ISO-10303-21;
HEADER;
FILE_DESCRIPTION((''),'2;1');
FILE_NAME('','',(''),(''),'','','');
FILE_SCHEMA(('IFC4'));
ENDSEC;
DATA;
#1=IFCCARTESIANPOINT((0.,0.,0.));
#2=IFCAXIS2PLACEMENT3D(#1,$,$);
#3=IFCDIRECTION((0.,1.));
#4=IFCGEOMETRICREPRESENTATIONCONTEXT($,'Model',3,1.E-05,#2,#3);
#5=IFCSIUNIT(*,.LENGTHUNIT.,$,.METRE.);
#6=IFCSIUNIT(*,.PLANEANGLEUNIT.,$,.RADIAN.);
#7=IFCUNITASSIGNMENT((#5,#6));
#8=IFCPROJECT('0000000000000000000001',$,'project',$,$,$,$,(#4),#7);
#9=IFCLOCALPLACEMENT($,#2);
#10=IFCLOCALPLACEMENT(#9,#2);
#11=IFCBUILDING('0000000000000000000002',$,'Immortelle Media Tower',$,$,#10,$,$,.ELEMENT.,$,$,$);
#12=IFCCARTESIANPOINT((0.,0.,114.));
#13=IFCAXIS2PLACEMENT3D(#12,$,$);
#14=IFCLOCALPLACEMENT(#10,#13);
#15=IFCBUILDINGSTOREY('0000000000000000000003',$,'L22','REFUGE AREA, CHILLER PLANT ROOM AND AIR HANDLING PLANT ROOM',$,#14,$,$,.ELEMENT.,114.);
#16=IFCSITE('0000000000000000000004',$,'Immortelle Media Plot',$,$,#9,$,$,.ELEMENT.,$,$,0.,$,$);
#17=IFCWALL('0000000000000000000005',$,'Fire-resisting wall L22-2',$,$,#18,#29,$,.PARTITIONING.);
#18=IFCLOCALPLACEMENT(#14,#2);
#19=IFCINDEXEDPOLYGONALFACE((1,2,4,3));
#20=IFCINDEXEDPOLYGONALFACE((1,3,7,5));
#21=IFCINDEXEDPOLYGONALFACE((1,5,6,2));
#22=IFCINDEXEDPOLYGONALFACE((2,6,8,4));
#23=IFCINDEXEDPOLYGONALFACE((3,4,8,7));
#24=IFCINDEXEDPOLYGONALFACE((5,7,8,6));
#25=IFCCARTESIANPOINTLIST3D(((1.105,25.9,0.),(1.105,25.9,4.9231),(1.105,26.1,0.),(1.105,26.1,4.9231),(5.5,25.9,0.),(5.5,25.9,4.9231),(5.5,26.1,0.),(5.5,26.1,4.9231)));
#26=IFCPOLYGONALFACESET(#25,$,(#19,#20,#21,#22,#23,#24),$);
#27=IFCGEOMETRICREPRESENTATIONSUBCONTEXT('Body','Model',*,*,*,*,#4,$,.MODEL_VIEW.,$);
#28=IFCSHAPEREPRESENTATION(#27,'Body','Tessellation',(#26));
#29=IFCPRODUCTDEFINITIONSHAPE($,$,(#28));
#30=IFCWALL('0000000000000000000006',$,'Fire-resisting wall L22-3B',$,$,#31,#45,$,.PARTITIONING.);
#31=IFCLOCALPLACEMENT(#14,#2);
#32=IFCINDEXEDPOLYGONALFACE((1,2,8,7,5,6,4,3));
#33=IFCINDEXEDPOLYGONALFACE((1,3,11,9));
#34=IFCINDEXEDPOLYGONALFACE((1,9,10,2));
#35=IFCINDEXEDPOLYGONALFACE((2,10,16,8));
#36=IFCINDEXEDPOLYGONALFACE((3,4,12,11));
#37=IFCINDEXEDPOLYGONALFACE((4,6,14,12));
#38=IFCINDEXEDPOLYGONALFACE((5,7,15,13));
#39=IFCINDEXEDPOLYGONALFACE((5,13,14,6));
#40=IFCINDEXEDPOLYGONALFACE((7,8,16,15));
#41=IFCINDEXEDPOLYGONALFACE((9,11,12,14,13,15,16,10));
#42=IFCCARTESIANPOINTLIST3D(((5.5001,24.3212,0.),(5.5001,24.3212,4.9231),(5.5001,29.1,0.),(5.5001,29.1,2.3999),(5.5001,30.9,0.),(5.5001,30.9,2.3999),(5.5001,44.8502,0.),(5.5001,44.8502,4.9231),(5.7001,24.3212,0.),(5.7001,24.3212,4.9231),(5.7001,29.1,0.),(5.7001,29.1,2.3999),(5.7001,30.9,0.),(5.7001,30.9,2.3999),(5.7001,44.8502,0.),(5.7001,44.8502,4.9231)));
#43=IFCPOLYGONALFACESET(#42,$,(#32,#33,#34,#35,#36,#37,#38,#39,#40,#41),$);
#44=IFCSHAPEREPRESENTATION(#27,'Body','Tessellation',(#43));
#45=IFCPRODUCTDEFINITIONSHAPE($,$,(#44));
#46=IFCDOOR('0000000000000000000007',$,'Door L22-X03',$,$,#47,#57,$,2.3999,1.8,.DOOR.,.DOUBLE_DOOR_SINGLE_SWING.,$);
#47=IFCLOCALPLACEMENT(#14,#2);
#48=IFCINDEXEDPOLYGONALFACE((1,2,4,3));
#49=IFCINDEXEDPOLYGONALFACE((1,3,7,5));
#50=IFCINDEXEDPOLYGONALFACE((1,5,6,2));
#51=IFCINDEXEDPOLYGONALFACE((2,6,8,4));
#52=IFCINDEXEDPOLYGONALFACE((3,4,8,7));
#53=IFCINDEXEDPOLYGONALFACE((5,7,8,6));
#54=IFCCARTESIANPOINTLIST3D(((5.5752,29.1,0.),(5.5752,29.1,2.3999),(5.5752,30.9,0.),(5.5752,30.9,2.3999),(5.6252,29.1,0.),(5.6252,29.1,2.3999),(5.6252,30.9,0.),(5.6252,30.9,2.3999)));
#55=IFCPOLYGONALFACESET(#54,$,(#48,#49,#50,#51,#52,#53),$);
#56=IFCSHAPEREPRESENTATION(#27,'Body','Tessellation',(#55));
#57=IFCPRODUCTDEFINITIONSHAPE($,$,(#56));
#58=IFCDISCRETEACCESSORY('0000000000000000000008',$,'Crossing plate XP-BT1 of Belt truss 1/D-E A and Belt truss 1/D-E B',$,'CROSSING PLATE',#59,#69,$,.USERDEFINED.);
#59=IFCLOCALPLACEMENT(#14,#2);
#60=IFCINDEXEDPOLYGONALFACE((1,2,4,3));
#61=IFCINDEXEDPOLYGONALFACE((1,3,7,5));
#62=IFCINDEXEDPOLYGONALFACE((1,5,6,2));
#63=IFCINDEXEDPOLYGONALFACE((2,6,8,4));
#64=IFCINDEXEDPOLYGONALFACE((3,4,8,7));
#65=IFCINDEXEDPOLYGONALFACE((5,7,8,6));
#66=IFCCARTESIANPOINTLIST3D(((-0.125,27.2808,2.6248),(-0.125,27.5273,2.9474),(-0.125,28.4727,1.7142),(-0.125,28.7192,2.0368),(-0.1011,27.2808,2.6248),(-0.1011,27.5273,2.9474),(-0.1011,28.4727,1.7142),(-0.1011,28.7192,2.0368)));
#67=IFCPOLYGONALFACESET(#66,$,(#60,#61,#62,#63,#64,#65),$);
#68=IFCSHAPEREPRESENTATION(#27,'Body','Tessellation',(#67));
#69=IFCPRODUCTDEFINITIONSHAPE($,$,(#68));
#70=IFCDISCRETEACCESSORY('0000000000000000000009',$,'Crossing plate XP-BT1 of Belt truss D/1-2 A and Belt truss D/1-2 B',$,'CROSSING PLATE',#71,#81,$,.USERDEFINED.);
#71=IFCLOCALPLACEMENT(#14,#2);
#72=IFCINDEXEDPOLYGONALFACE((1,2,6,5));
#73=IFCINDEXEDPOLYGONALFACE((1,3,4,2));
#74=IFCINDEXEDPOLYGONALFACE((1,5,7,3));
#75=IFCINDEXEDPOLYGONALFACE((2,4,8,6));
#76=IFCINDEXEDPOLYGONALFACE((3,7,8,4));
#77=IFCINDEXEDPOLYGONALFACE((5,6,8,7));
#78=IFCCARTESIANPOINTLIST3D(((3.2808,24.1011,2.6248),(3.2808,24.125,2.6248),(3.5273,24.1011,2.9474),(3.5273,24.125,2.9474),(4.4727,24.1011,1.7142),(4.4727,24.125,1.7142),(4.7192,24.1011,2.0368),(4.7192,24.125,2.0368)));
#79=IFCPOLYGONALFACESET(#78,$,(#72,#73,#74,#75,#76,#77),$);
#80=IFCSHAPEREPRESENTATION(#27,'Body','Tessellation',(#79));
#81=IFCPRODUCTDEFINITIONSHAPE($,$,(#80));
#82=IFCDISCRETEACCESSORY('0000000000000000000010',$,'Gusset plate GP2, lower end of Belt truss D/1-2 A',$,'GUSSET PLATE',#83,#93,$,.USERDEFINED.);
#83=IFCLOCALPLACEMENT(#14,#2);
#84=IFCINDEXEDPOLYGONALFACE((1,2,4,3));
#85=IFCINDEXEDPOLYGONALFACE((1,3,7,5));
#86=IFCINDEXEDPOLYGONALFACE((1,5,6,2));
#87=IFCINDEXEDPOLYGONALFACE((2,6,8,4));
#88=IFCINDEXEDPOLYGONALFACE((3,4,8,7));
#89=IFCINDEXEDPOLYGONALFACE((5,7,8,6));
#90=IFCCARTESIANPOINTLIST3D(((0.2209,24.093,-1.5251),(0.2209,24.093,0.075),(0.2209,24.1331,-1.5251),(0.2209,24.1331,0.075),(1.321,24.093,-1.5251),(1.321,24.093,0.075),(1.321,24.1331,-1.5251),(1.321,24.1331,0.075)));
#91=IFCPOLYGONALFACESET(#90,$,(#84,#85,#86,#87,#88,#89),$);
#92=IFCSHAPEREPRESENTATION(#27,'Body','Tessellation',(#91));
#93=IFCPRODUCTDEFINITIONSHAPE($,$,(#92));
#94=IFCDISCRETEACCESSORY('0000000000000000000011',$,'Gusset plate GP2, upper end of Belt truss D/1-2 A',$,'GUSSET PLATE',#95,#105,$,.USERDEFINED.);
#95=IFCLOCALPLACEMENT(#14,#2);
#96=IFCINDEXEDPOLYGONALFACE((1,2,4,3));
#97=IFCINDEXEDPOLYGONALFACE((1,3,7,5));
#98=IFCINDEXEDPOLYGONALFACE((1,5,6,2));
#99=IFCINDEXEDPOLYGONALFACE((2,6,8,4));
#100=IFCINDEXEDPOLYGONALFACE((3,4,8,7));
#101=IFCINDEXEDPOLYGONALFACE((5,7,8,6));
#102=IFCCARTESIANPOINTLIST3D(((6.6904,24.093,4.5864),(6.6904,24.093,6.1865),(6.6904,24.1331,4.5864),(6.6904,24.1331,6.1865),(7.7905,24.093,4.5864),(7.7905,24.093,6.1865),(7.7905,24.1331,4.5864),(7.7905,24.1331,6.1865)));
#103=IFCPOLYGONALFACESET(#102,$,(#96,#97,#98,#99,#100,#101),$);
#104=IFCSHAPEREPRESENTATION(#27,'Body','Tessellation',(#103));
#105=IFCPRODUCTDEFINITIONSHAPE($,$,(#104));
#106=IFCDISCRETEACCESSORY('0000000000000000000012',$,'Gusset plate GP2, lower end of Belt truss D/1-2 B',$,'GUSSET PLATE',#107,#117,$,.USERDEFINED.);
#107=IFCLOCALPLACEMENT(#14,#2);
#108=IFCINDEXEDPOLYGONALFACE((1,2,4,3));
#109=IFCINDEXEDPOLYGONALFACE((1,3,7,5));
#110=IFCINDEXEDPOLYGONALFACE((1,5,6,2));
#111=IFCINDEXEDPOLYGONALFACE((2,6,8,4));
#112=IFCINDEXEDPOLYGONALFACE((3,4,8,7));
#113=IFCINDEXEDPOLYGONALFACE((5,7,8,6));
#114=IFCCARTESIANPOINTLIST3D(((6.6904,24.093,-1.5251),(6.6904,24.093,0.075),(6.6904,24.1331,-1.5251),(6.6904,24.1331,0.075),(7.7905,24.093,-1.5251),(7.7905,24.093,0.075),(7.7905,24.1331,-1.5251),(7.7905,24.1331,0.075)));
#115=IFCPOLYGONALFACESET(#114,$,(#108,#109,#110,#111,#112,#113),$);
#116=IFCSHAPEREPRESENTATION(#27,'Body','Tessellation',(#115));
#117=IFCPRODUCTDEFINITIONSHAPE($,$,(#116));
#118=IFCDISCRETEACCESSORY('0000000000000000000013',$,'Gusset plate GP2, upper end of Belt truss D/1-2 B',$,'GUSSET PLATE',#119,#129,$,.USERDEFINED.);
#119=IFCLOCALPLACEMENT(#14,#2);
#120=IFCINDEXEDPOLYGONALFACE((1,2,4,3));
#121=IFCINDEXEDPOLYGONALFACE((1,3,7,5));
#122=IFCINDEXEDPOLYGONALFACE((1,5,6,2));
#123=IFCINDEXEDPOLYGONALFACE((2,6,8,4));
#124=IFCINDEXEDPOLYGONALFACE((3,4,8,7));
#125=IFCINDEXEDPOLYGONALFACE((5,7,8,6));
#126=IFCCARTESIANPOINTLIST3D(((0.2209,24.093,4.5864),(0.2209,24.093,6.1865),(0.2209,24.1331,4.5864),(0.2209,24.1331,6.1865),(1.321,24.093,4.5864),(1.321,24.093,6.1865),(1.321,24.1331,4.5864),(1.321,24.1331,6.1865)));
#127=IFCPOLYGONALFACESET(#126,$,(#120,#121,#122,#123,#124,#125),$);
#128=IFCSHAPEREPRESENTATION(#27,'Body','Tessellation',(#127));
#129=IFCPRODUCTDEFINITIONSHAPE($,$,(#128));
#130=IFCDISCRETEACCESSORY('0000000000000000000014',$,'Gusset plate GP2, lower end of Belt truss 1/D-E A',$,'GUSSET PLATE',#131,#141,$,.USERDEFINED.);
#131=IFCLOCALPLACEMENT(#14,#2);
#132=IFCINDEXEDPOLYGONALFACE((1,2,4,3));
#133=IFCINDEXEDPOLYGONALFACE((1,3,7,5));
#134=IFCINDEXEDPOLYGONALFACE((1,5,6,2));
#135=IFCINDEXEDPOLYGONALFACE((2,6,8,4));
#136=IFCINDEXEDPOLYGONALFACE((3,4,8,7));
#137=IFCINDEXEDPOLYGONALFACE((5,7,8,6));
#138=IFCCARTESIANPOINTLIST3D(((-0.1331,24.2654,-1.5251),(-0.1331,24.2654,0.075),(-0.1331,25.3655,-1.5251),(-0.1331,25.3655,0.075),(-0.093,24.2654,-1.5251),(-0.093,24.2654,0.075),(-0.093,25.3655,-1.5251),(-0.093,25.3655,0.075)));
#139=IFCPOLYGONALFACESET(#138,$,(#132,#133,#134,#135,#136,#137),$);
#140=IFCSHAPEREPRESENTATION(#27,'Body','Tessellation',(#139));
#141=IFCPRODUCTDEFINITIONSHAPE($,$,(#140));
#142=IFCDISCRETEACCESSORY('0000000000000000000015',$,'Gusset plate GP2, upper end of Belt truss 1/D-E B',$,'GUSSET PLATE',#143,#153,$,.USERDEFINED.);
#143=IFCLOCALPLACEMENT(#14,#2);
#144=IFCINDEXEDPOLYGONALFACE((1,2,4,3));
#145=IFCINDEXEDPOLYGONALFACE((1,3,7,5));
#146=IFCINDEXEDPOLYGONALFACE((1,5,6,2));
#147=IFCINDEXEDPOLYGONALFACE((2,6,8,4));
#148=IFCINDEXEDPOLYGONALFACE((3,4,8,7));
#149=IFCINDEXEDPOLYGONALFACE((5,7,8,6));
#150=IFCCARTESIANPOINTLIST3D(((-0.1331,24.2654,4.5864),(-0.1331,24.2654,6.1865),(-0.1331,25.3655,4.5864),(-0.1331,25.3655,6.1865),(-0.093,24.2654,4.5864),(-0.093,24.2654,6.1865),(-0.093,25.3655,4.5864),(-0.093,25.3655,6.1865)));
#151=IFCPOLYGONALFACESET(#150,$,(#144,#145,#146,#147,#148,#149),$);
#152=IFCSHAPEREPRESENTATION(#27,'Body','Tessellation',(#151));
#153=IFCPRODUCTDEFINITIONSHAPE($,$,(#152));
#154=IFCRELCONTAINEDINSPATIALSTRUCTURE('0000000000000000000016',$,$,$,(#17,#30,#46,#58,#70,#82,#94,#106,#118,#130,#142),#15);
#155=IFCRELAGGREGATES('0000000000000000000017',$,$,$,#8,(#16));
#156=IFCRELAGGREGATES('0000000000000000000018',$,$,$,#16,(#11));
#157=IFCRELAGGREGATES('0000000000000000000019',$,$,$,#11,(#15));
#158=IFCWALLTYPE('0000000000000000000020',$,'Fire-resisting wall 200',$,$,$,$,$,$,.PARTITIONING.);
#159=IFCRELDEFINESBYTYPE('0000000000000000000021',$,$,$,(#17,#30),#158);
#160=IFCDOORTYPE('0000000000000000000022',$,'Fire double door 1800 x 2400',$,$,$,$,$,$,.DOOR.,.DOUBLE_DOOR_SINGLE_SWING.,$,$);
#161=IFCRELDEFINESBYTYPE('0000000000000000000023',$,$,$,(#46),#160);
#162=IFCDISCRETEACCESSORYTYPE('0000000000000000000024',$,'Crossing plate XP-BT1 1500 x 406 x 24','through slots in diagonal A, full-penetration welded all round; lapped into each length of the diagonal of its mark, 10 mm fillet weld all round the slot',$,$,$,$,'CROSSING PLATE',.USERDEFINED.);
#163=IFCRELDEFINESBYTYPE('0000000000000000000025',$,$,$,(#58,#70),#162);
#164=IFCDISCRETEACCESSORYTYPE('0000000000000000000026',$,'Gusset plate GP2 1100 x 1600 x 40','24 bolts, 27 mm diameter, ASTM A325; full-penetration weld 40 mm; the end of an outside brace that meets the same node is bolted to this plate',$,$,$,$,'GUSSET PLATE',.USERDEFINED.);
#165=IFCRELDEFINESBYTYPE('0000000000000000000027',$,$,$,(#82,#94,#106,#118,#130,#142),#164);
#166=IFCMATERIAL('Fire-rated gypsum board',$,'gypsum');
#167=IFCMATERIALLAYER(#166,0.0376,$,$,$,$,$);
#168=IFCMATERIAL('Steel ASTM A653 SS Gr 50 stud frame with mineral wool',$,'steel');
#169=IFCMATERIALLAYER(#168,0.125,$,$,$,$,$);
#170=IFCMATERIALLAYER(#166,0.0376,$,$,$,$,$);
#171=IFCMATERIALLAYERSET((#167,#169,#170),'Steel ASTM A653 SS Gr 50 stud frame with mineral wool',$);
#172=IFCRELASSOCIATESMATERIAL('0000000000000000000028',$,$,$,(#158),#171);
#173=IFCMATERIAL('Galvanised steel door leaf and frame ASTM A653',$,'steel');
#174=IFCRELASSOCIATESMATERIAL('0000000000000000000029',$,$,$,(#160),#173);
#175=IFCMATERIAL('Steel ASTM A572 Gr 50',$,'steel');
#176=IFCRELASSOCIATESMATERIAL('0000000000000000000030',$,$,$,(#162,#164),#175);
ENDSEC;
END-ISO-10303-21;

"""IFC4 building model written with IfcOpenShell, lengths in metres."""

from ifc_helpers import new_model, si_unit, direction, frame, frame_2d, origin, origin_2d, place, context, subcontext, project, spatial, rectangle, extrude, material, layer, layer_set, material_profile, profile_set, type_object, element, fill, save


model = new_model("IFC4")

# Units and contexts
model_context = context("Model", 3, precision=1e-05, world=origin(), true_north=direction((0.0, 1.0)))
body_context = subcontext(model_context, "Body", "Model", "MODEL_VIEW")
ifc_project = project(units=[si_unit("LENGTHUNIT", "METRE"), si_unit("PLANEANGLEUNIT", "RADIAN")], contexts=[model_context])

# Site, building, storey
site_placement = place(None, origin())
site = spatial("IfcSite", under=ifc_project, at=site_placement, Name="Immortelle Media Plot", CompositionType="ELEMENT", RefElevation=0.0)
building_placement = place(site_placement, origin())
building = spatial("IfcBuilding", under=site, at=building_placement, Name="Immortelle Media Tower", CompositionType="ELEMENT")
storey_placement = place(building_placement, frame((0.0, 0.0, 114.0)))
storey = spatial("IfcBuildingStorey", under=building, at=storey_placement, Name="L22", Description="REFUGE AREA, CHILLER PLANT ROOM AND AIR HANDLING PLANT ROOM", CompositionType="ELEMENT", Elevation=114.0)

# Wall
ifc_material_1 = material(Name="Fire-rated gypsum board", Category="gypsum")
ifc_layer_1 = layer(ifc_material_1, 0.0376)
ifc_material_2 = material(Name="Steel ASTM A653 SS Gr 50 stud frame with mineral wool", Category="steel")
ifc_layer_2 = layer(ifc_material_2, 0.125)
ifc_layer_3 = layer(ifc_material_1, 0.0376)
ifc_layer_set_1 = layer_set([ifc_layer_1, ifc_layer_2, ifc_layer_3], Name="Steel ASTM A653 SS Gr 50 stud frame with mineral wool")
wall_type = type_object("IfcWallType", Name="Fire-resisting wall 200", PredefinedType="PARTITIONING", material=ifc_layer_set_1)
wall_1_placement = place(storey_placement, frame((1.105, 26.0, 0.0), z_axis=(0.0, 0.0, 1.0), x_axis=(1.0, 0.0, 0.0)))
element("IfcWall", 1, at=wall_1_placement, inside=storey, type_object=wall_type, Name="Fire-resisting wall L22-2", PredefinedType="PARTITIONING", context=body_context, shape_type="SweptSolid", body=[
    extrude(rectangle(XDim=4.395, YDim=0.2, at=frame_2d((2.1975, 0.0))), origin(), (0.0, 0.0, 1.0), 4.9231),
])

# Wall, opening, door
wall_2_placement = place(storey_placement, frame((5.6001, 24.321, 0.0), z_axis=(0.0, 0.0, 1.0), x_axis=(0.0, 1.0, 0.0)))
wall_2 = element("IfcWall", 2, at=wall_2_placement, inside=storey, type_object=wall_type, Name="Fire-resisting wall L22-3B", PredefinedType="PARTITIONING", context=body_context, shape_type="SweptSolid", body=[
    extrude(rectangle(XDim=20.5291, YDim=0.2, at=frame_2d((10.2646, 0.0))), origin(), (0.0, 0.0, 1.0), 4.9231),
])
opening_placement = place(wall_2_placement, frame((4.7791, 0.0, 0.0)))
opening = element("IfcOpeningElement", 3, at=opening_placement, cuts=wall_2, PredefinedType="OPENING", context=body_context, shape_type="SweptSolid", body=[
    extrude(rectangle(XDim=1.8, YDim=2.3999, at=frame_2d((0.8999, 1.2))), frame((0.0, 0.1099, 0.0), z_axis=(0.0, -1.0, 0.0), x_axis=(1.0, 0.0, 0.0)), (0.0, 0.0, 1.0), 0.22),
])
ifc_material_3 = material(Name="Galvanised steel door leaf and frame ASTM A653", Category="steel")
door_type = type_object("IfcDoorType", Name="Fire double door 1800 x 2400", OperationType="DOUBLE_DOOR_SINGLE_SWING", PredefinedType="DOOR", material=ifc_material_3)
door_placement = place(opening_placement, origin())
door = element("IfcDoor", 4, at=door_placement, inside=storey, type_object=door_type, Name="Door L22-X03", OperationType="DOUBLE_DOOR_SINGLE_SWING", OverallHeight=2.3999, OverallWidth=1.8, PredefinedType="DOOR", context=body_context, shape_type="SweptSolid", body=[
    extrude(rectangle(XDim=1.8, YDim=2.3999, at=frame_2d((0.8999, 1.2))), frame((0.0, 0.0249, 0.0), z_axis=(0.0, -1.0, 0.0), x_axis=(1.0, 0.0, 0.0)), (0.0, 0.0, 1.0), 0.05),
])
fill(opening, door)

# Discrete accessories
ifc_material_4 = material(Name="Steel ASTM A572 Gr 50", Category="steel")
ifc_material_profile_1 = material_profile(ifc_material_4, rectangle(XDim=0.0239, YDim=0.406, at=origin_2d()), Name="PL 24 x 406")
ifc_profile_set_1 = profile_set([ifc_material_profile_1], Name="Steel ASTM A572 Gr 50")
discrete_accessory_type_1 = type_object("IfcDiscreteAccessoryType", Name="Crossing plate XP-BT1 1500 x 406 x 24", Description="through slots in diagonal A, full-penetration welded all round; lapped into each length of the diagonal of its mark, 10 mm fillet weld all round the slot", ElementType="CROSSING PLATE", PredefinedType="USERDEFINED", material=ifc_profile_set_1)
for number, where, z_axis, x_axis, name in (
    (5, (-0.113, 27.4041, 2.7861), (0.0, 0.794616, -0.607112), (-1.0, 0.0, 0.0), "Crossing plate XP-BT1 of Belt truss 1/D-E A and Belt truss 1/D-E B"),
    (6, (3.4041, 24.113, 2.7861), (0.794616, 0.0, -0.607112), (0.0, 1.0, 0.0), "Crossing plate XP-BT1 of Belt truss D/1-2 A and Belt truss D/1-2 B"),
):
    element("IfcDiscreteAccessory", number, at=place(storey_placement, frame(where, z_axis=z_axis, x_axis=x_axis)), inside=storey, type_object=discrete_accessory_type_1, Name=name, ObjectType="CROSSING PLATE", PredefinedType="USERDEFINED", context=body_context, shape_type="SweptSolid", body=[
        extrude(rectangle(XDim=0.0239, YDim=0.406, at=origin_2d()), origin(), (0.0, 0.0, 1.0), 1.5),
    ])
ifc_material_profile_2 = material_profile(ifc_material_4, rectangle(XDim=0.04, YDim=1.6001, at=origin_2d()), Name="PL 40 x 1600")
ifc_profile_set_2 = profile_set([ifc_material_profile_2], Name="Steel ASTM A572 Gr 50")
discrete_accessory_type_2 = type_object("IfcDiscreteAccessoryType", Name="Gusset plate GP2 1100 x 1600 x 40", Description="24 bolts, 27 mm diameter, ASTM A325; full-penetration weld 40 mm; the end of an outside brace that meets the same node is bolted to this plate", ElementType="GUSSET PLATE", PredefinedType="USERDEFINED", material=ifc_profile_set_2)
for number, where, z_axis, x_axis, name in (
    (7, (0.2209, 24.113, -0.7251), (1.0, 0.0, 0.0), (0.0, 1.0, 0.0), "Gusset plate GP2, lower end of Belt truss D/1-2 A"),
    (8, (7.7905, 24.113, 5.3865), (-1.0, 0.0, 0.0), (0.0, -1.0, 0.0), "Gusset plate GP2, upper end of Belt truss D/1-2 A"),
    (9, (7.7905, 24.113, -0.7251), (-1.0, 0.0, 0.0), (0.0, -1.0, 0.0), "Gusset plate GP2, lower end of Belt truss D/1-2 B"),
    (10, (0.2209, 24.113, 5.3865), (1.0, 0.0, 0.0), (0.0, 1.0, 0.0), "Gusset plate GP2, upper end of Belt truss D/1-2 B"),
    (11, (-0.113, 24.2654, -0.7251), (0.0, 1.0, 0.0), (-1.0, 0.0, 0.0), "Gusset plate GP2, lower end of Belt truss 1/D-E A"),
    (12, (-0.113, 24.2654, 5.3865), (0.0, 1.0, 0.0), (-1.0, 0.0, 0.0), "Gusset plate GP2, upper end of Belt truss 1/D-E B"),
):
    element("IfcDiscreteAccessory", number, at=place(storey_placement, frame(where, z_axis=z_axis, x_axis=x_axis)), inside=storey, type_object=discrete_accessory_type_2, Name=name, ObjectType="GUSSET PLATE", PredefinedType="USERDEFINED", context=body_context, shape_type="SweptSolid", body=[
        extrude(rectangle(XDim=0.04, YDim=1.6001, at=origin_2d()), origin(), (0.0, 0.0, 1.0), 1.1001),
    ])

save(model, "model.ifc")
